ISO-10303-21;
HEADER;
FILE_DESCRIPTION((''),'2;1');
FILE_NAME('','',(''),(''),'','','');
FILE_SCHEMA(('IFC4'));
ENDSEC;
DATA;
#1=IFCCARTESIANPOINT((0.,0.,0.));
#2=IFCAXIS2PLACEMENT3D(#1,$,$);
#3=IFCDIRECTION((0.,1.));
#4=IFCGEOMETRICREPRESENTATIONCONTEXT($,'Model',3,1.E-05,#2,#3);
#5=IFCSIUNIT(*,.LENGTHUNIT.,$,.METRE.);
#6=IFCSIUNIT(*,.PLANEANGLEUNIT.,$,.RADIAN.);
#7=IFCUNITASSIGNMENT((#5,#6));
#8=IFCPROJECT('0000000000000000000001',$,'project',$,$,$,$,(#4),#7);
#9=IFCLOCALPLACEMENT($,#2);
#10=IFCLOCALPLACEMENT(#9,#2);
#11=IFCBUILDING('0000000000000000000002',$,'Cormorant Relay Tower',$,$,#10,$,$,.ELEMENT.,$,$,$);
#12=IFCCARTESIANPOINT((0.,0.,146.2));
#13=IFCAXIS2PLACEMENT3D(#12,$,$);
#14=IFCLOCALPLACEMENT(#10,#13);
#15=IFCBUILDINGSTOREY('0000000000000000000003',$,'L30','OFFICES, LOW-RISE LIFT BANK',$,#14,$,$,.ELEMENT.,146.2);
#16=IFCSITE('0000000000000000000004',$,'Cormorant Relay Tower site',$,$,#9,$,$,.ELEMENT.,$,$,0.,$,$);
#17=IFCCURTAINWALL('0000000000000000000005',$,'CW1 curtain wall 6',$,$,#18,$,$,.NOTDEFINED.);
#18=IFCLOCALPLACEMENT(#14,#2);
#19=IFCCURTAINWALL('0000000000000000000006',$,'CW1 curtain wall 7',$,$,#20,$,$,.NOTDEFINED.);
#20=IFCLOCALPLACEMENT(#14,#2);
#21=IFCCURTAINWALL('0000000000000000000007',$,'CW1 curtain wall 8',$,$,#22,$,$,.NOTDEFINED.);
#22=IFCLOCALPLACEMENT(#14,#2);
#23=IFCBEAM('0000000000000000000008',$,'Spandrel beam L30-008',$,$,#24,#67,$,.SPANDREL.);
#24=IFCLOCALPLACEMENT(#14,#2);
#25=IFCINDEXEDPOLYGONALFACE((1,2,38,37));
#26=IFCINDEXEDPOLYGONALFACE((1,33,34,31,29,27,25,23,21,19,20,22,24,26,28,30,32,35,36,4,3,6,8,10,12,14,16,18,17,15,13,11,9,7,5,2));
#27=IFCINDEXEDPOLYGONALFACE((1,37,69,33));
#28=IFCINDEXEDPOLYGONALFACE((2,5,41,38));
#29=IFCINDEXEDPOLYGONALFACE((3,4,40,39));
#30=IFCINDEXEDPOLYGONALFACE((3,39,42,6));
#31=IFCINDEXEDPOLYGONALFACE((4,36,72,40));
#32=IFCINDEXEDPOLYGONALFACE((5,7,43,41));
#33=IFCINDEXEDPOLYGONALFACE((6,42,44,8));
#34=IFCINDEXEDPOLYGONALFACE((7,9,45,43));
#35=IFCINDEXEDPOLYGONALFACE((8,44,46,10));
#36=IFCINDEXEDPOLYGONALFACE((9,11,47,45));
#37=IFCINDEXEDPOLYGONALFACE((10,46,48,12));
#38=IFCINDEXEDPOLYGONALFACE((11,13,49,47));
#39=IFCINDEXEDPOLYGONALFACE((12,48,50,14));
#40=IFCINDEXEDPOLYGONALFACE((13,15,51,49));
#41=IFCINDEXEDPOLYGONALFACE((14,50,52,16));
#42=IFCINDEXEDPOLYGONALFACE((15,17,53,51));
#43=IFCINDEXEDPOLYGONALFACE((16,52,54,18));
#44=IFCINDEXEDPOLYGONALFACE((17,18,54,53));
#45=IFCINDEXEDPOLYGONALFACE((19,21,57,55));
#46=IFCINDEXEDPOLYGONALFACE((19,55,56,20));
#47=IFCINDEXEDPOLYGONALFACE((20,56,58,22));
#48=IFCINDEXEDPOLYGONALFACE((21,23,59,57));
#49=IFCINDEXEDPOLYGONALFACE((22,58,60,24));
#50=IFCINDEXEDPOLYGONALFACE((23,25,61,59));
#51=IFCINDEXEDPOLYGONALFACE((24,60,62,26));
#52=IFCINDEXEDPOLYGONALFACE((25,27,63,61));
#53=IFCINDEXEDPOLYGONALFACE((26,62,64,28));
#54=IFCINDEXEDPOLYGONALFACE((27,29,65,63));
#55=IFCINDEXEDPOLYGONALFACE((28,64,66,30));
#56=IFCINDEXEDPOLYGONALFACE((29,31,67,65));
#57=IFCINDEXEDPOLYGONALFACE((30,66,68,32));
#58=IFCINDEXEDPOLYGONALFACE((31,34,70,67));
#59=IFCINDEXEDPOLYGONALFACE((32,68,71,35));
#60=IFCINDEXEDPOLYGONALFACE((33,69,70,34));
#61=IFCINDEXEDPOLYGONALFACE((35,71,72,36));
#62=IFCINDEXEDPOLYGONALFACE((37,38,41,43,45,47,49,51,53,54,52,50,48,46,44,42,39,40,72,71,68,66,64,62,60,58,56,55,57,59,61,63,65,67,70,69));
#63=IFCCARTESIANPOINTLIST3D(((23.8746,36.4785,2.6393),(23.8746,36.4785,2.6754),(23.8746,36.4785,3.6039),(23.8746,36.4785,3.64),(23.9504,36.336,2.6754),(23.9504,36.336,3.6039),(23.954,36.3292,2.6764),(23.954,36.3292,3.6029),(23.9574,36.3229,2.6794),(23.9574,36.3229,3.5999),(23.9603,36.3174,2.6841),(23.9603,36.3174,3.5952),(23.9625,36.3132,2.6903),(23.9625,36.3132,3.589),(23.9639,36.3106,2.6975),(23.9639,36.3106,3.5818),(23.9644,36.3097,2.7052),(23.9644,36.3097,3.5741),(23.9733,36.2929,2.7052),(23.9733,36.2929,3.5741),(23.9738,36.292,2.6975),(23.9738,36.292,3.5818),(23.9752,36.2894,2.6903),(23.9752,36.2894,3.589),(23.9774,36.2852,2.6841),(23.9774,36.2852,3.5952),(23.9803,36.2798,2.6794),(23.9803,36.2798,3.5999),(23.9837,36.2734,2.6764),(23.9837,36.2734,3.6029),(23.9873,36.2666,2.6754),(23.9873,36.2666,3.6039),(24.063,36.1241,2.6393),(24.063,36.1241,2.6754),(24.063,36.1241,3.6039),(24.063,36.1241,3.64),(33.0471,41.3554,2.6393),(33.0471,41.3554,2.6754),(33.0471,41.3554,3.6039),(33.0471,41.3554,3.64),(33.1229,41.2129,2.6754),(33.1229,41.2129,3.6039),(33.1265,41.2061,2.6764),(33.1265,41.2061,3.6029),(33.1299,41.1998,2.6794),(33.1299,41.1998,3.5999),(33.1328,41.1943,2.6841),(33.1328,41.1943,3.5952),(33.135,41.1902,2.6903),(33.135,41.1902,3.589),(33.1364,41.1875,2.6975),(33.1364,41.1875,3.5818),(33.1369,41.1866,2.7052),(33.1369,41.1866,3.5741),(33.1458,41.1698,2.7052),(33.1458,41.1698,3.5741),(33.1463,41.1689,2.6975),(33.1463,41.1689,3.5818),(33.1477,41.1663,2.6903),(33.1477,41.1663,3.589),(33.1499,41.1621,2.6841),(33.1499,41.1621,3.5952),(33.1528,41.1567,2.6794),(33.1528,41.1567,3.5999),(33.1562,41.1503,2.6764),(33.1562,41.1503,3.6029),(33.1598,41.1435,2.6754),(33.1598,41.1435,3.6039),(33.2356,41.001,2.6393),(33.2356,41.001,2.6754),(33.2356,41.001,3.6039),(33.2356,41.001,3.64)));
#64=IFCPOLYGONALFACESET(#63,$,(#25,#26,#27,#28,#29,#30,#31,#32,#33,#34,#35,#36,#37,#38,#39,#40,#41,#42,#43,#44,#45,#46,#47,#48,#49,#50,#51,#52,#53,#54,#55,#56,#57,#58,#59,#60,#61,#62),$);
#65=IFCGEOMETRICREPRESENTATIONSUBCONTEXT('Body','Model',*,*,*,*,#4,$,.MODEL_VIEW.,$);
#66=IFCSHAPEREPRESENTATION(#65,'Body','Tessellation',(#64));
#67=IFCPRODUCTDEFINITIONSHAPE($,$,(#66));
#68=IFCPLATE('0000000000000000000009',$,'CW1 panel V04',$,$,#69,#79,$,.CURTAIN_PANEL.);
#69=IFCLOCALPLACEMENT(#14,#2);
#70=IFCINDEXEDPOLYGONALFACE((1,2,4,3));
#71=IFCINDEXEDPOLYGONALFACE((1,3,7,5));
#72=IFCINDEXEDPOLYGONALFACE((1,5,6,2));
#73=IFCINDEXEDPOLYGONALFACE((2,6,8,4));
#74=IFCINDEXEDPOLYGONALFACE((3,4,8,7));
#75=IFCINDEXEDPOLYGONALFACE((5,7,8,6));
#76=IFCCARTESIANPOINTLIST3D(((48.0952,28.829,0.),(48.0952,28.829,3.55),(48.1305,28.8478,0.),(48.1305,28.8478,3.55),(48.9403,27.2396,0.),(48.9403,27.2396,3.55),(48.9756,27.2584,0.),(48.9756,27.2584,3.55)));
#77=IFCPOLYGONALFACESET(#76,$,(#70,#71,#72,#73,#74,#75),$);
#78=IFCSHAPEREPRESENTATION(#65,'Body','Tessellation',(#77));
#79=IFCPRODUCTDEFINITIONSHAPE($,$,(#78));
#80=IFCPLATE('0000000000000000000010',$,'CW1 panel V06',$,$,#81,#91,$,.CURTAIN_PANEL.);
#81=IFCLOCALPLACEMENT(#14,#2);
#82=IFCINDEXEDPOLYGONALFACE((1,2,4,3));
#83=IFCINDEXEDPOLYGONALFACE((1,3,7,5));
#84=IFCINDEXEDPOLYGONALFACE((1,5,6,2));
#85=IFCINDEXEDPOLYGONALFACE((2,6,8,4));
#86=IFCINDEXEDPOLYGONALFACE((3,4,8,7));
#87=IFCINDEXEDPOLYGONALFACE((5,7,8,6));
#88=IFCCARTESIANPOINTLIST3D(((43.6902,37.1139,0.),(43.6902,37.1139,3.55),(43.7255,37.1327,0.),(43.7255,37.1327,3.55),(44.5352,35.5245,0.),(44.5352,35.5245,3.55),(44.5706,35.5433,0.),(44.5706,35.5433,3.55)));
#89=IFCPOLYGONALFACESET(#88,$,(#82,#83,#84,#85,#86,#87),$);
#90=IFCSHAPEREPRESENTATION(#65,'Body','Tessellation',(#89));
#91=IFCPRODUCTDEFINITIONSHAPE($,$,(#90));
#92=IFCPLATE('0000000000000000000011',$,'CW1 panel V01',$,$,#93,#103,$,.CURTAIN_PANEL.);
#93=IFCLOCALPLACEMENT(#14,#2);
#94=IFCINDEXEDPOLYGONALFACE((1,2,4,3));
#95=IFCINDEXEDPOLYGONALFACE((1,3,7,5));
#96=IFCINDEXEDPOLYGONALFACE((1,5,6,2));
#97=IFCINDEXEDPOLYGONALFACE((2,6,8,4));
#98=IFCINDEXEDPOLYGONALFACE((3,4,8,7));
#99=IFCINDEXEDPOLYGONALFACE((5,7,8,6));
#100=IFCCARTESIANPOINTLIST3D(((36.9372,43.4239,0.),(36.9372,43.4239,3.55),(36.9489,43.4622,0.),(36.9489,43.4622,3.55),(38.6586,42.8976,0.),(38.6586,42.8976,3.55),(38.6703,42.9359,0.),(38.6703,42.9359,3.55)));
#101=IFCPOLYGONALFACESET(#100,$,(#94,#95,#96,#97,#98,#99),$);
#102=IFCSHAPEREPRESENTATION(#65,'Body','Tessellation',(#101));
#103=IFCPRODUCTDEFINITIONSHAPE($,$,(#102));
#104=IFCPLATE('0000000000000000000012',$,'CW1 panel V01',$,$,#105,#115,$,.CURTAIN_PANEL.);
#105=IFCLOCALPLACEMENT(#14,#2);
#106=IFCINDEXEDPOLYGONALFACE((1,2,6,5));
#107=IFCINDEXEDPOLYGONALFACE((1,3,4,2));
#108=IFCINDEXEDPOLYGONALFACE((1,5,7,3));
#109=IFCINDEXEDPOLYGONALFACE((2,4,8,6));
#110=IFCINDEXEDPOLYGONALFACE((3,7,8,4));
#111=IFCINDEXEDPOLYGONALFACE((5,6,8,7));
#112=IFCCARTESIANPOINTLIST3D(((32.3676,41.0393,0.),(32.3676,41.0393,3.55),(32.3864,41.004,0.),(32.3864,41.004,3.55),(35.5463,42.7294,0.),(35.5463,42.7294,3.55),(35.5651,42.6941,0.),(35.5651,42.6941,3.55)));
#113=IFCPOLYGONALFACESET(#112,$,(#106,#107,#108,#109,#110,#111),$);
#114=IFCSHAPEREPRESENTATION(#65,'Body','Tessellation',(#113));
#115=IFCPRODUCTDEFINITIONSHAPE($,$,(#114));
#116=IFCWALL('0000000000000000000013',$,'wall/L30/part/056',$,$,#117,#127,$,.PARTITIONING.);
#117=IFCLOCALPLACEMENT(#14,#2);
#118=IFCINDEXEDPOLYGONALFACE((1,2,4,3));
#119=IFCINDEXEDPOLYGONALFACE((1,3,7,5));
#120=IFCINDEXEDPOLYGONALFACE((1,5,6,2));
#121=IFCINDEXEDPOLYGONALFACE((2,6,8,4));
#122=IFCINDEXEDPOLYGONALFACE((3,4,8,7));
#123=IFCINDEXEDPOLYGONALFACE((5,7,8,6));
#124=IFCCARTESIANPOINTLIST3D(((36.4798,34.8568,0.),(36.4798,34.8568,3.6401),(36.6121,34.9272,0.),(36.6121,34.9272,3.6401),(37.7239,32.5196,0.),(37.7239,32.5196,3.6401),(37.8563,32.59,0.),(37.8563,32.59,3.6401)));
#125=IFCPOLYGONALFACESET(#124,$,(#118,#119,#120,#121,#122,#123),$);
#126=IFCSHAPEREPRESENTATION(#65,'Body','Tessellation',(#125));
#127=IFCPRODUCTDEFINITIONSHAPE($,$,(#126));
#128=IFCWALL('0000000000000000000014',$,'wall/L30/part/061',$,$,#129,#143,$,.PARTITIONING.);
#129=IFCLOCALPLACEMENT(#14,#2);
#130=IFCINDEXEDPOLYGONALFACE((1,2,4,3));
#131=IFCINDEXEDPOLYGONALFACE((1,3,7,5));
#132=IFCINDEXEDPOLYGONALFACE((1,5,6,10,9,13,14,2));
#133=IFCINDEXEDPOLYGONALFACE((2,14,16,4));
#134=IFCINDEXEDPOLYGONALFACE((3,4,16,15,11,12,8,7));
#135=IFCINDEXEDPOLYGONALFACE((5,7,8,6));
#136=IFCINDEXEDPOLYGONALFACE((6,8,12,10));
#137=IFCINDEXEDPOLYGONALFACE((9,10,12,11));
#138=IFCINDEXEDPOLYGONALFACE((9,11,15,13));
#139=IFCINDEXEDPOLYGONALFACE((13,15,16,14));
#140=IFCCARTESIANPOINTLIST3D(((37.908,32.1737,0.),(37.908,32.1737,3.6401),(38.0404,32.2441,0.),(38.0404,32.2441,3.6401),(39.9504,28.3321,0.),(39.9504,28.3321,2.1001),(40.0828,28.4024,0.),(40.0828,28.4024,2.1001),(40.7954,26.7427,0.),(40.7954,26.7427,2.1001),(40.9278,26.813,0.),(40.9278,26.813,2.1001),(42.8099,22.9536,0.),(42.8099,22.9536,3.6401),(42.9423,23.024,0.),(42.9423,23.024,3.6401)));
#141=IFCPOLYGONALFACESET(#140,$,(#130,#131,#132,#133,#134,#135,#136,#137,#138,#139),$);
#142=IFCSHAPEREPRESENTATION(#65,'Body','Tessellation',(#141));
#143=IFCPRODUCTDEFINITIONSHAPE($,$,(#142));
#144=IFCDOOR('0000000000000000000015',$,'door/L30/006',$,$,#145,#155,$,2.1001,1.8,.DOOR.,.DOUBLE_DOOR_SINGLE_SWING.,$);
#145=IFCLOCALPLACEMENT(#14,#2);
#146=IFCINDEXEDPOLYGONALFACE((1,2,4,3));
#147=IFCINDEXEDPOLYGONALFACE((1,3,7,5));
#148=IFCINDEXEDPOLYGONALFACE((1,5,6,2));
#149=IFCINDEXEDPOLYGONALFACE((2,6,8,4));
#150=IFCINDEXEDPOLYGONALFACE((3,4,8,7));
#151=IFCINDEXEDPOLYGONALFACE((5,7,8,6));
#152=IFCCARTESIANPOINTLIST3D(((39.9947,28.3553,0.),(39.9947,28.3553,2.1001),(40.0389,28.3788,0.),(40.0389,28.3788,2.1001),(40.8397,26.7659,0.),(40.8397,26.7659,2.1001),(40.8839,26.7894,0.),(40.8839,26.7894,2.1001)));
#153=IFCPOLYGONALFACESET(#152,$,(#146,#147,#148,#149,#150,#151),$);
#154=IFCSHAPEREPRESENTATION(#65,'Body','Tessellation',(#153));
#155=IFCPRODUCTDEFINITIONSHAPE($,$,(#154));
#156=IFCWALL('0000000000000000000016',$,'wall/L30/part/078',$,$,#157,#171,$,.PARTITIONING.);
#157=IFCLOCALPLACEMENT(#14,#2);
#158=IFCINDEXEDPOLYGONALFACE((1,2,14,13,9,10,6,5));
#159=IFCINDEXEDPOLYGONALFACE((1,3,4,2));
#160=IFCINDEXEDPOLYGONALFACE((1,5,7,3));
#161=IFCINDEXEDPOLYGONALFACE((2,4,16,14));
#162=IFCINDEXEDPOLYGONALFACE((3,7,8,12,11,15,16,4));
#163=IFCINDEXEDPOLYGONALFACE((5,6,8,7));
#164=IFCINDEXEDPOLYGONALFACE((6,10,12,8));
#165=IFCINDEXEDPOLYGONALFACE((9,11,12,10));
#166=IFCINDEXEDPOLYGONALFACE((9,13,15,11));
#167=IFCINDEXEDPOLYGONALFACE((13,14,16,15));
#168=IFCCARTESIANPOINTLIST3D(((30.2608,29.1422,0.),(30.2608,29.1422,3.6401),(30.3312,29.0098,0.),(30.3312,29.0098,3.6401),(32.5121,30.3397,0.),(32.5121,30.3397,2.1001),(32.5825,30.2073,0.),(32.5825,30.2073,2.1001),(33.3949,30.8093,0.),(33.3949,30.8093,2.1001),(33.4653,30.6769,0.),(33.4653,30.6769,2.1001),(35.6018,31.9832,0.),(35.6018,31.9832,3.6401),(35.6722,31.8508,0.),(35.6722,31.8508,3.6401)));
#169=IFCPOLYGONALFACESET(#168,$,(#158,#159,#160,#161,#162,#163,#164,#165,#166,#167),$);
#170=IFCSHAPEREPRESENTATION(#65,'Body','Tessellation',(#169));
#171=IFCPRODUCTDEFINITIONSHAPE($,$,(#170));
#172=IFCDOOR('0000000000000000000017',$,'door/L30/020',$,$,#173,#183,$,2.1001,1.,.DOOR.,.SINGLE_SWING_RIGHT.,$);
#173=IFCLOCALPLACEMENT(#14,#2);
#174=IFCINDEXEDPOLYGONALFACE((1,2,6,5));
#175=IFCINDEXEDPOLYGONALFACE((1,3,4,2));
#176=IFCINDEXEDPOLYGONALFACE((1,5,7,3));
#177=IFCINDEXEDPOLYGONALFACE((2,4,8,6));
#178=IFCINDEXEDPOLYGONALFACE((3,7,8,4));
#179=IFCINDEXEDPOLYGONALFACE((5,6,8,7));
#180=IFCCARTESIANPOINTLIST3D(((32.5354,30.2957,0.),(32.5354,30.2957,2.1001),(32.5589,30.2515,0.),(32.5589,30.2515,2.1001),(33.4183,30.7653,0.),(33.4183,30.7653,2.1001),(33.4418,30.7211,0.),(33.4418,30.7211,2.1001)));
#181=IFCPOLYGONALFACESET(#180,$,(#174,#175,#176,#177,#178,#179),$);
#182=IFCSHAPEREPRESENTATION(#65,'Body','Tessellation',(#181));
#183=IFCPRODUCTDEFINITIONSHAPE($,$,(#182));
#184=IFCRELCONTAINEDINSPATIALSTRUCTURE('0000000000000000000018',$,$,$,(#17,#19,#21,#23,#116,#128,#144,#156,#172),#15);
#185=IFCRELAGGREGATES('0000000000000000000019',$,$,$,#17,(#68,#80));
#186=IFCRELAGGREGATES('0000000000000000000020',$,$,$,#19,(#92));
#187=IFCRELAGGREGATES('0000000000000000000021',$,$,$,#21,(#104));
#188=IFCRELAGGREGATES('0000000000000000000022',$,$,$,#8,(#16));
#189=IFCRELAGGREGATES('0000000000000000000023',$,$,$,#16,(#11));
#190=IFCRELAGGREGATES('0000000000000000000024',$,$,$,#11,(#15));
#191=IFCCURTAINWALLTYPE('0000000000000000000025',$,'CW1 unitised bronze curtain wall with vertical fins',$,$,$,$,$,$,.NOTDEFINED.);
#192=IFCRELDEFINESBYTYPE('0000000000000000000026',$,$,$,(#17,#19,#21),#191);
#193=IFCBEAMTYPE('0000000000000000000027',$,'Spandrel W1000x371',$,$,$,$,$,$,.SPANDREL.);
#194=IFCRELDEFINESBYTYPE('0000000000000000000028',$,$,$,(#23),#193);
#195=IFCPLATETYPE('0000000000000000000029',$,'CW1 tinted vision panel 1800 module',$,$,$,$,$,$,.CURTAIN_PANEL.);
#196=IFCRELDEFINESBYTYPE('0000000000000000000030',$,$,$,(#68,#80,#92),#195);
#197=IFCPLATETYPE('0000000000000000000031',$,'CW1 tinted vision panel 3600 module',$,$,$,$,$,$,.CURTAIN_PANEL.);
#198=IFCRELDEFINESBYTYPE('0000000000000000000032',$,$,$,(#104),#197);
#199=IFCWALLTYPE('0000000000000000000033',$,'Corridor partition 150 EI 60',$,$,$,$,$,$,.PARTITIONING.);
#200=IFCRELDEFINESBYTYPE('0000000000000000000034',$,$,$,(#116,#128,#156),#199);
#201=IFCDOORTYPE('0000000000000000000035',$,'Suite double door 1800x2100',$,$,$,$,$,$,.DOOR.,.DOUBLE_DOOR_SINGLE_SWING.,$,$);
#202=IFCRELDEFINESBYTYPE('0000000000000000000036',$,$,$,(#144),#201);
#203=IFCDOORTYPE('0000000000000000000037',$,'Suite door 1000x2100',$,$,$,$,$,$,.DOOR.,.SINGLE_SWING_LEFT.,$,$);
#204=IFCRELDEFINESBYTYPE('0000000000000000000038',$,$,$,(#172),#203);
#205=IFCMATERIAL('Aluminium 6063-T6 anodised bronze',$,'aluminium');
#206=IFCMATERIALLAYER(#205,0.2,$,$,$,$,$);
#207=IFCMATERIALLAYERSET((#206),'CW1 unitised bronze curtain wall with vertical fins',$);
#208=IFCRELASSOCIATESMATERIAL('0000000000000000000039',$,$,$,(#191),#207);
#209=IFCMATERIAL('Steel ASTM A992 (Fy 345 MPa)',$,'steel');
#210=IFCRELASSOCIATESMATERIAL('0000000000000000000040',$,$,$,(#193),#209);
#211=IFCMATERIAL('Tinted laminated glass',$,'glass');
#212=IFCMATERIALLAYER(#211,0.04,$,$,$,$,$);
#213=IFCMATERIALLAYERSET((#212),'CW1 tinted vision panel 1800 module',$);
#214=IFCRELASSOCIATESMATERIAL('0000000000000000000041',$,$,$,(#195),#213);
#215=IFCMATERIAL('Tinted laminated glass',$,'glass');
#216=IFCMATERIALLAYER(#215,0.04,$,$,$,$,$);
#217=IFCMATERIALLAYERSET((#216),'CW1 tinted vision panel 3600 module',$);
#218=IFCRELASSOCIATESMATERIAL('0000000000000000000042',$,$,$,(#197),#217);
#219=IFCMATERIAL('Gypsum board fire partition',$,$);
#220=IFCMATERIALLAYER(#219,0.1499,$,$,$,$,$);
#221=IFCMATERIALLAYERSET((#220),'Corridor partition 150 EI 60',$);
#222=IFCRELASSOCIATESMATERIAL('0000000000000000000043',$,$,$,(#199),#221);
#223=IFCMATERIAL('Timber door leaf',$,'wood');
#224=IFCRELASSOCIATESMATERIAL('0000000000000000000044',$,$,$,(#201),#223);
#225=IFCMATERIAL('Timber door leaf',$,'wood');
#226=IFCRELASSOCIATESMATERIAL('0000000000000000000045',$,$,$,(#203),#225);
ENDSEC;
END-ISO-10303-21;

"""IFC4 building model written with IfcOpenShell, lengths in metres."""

from ifc_helpers import new_model, si_unit, direction, frame, frame_2d, origin, origin_2d, place, context, subcontext, project, spatial, rectangle, i_section, extrude, material, layer, layer_set, material_profile, profile_set, type_object, element, fill, aggregate, save


model = new_model("IFC4")

# Units and contexts
model_context = context("Model", 3, precision=1e-05, world=origin(), true_north=direction((0.0, 1.0)))
body_context = subcontext(model_context, "Body", "Model", "MODEL_VIEW")
ifc_project = project(units=[si_unit("LENGTHUNIT", "METRE"), si_unit("PLANEANGLEUNIT", "RADIAN")], contexts=[model_context])

# Site, building, storey
site_placement = place(None, origin())
site = spatial("IfcSite", under=ifc_project, at=site_placement, Name="Cormorant Relay Tower site", CompositionType="ELEMENT", RefElevation=0.0)
building_placement = place(site_placement, origin())
building = spatial("IfcBuilding", under=site, at=building_placement, Name="Cormorant Relay Tower", CompositionType="ELEMENT")
storey_placement = place(building_placement, frame((0.0, 0.0, 146.2)))
storey = spatial("IfcBuildingStorey", under=building, at=storey_placement, Name="L30", Description="OFFICES, LOW-RISE LIFT BANK", CompositionType="ELEMENT", Elevation=146.2)

# Curtain wall
ifc_material_1 = material(Name="Aluminium 6063-T6 anodised bronze", Category="aluminium")
ifc_layer_1 = layer(ifc_material_1, 0.2)
ifc_layer_set_1 = layer_set([ifc_layer_1], Name="CW1 unitised bronze curtain wall with vertical fins")
curtain_wall_type = type_object("IfcCurtainWallType", Name="CW1 unitised bronze curtain wall with vertical fins", PredefinedType="NOTDEFINED", material=ifc_layer_set_1)
curtain_wall_1_placement = place(storey_placement, origin())
curtain_wall_1 = element("IfcCurtainWall", 1, at=curtain_wall_1_placement, inside=storey, type_object=curtain_wall_type, Name="CW1 curtain wall 6", PredefinedType="NOTDEFINED")

# Curtain wall
curtain_wall_2_placement = place(storey_placement, origin())
curtain_wall_2 = element("IfcCurtainWall", 2, at=curtain_wall_2_placement, inside=storey, type_object=curtain_wall_type, Name="CW1 curtain wall 7", PredefinedType="NOTDEFINED")

# Curtain wall
curtain_wall_3_placement = place(storey_placement, origin())
curtain_wall_3 = element("IfcCurtainWall", 3, at=curtain_wall_3_placement, inside=storey, type_object=curtain_wall_type, Name="CW1 curtain wall 8", PredefinedType="NOTDEFINED")

# Beam
ifc_material_2 = material(Name="Steel ASTM A992 (Fy 345 MPa)", Category="steel")
ifc_material_profile_1 = material_profile(ifc_material_2, i_section(OverallWidth=0.4014, OverallDepth=1.0007, WebThickness=0.019, FlangeThickness=0.0361, FilletRadius=0.0298, at=origin_2d()), Name="W1000x371")
ifc_profile_set_1 = profile_set([ifc_material_profile_1], Name="Steel ASTM A992 (Fy 345 MPa)")
beam_type = type_object("IfcBeamType", Name="Spandrel W1000x371", PredefinedType="SPANDREL", material=ifc_profile_set_1)
beam_1_placement = place(storey_placement, frame((33.1414, 41.1782, 3.1396), z_axis=(-0.882956, -0.469456, 0.0), x_axis=(0.469456, -0.882956, 0.0)))
element("IfcBeam", 4, at=beam_1_placement, inside=storey, type_object=beam_type, Name="Spandrel beam L30-008", PredefinedType="SPANDREL", context=body_context, shape_type="SweptSolid", body=[
    extrude(i_section(OverallWidth=0.4014, OverallDepth=1.0007, WebThickness=0.019, FlangeThickness=0.0361, FilletRadius=0.0298, at=origin_2d()), origin(), (0.0, 0.0, 1.0), 10.3884),
])

# Plates
ifc_material_3 = material(Name="Tinted laminated glass", Category="glass")
ifc_layer_2 = layer(ifc_material_3, 0.04)
ifc_layer_set_2 = layer_set([ifc_layer_2], Name="CW1 tinted vision panel 1800 module")
plate_type_1 = type_object("IfcPlateType", Name="CW1 tinted vision panel 1800 module", PredefinedType="CURTAIN_PANEL", material=ifc_layer_set_2)
plate_1_placement = place(storey_placement, frame((48.5354, 28.0437, 0.0), z_axis=(0.0, 0.0, 1.0), x_axis=(-0.469472, 0.882948, 0.0)))
plate_1 = element("IfcPlate", 5, at=plate_1_placement, type_object=plate_type_1, Name="CW1 panel V04", PredefinedType="CURTAIN_PANEL", context=body_context, shape_type="SweptSolid", body=[
    extrude(rectangle(XDim=1.8, YDim=0.04, at=origin_2d()), origin(), (0.0, 0.0, 1.0), 3.55),
])
plate_2_placement = place(storey_placement, frame((44.1304, 36.3286, 0.0), z_axis=(0.0, 0.0, 1.0), x_axis=(-0.469472, 0.882948, 0.0)))
plate_2 = element("IfcPlate", 6, at=plate_2_placement, type_object=plate_type_1, Name="CW1 panel V06", PredefinedType="CURTAIN_PANEL", context=body_context, shape_type="SweptSolid", body=[
    extrude(rectangle(XDim=1.8, YDim=0.04, at=origin_2d()), origin(), (0.0, 0.0, 1.0), 3.55),
])
plate_3_placement = place(storey_placement, frame((37.8037, 43.1799, 0.0), z_axis=(0.0, 0.0, 1.0), x_axis=(-0.956305, 0.292372, 0.0)))
plate_3 = element("IfcPlate", 7, at=plate_3_placement, type_object=plate_type_1, Name="CW1 panel V01", PredefinedType="CURTAIN_PANEL", context=body_context, shape_type="SweptSolid", body=[
    extrude(rectangle(XDim=1.8, YDim=0.04, at=origin_2d()), origin(), (0.0, 0.0, 1.0), 3.55),
])
ifc_material_4 = material(Name="Tinted laminated glass", Category="glass")
ifc_layer_3 = layer(ifc_material_4, 0.04)
ifc_layer_set_3 = layer_set([ifc_layer_3], Name="CW1 tinted vision panel 3600 module")
plate_type_2 = type_object("IfcPlateType", Name="CW1 tinted vision panel 3600 module", PredefinedType="CURTAIN_PANEL", material=ifc_layer_set_3)
plate_4_placement = place(storey_placement, frame((33.9663, 41.8667, 0.0), z_axis=(0.0, 0.0, 1.0), x_axis=(-0.882948, -0.469472, 0.0)))
plate_4 = element("IfcPlate", 8, at=plate_4_placement, type_object=plate_type_2, Name="CW1 panel V01", PredefinedType="CURTAIN_PANEL", context=body_context, shape_type="SweptSolid", body=[
    extrude(rectangle(XDim=3.6001, YDim=0.04, at=origin_2d()), origin(), (0.0, 0.0, 1.0), 3.55),
])

# Wall
ifc_material_5 = material(Name="Gypsum board fire partition")
ifc_layer_4 = layer(ifc_material_5, 0.1499)
ifc_layer_set_4 = layer_set([ifc_layer_4], Name="Corridor partition 150 EI 60")
wall_type_1 = type_object("IfcWallType", Name="Corridor partition 150 EI 60", PredefinedType="PARTITIONING", material=ifc_layer_set_4)
wall_1_placement = place(storey_placement, frame((37.79, 32.5549, 0.0), z_axis=(0.0, 0.0, 1.0), x_axis=(-0.469899, 0.88272, 0.0)))
element("IfcWall", 9, at=wall_1_placement, inside=storey, type_object=wall_type_1, Name="wall/L30/part/056", PredefinedType="PARTITIONING", context=body_context, shape_type="SweptSolid", body=[
    extrude(rectangle(XDim=2.6477, YDim=0.1499, at=frame_2d((1.3237, 0.0))), origin(), (0.0, 0.0, 1.0), 3.6401),
])

# Walls, openings, doors
wall_2_placement = place(storey_placement, frame((37.9741, 32.209, 0.0), z_axis=(0.0, 0.0, 1.0), x_axis=(0.469435, -0.882967, 0.0)))
wall_2 = element("IfcWall", 10, at=wall_2_placement, inside=storey, type_object=wall_type_1, Name="wall/L30/part/061", PredefinedType="PARTITIONING", context=body_context, shape_type="SweptSolid", body=[
    extrude(rectangle(XDim=10.4421, YDim=0.1499, at=frame_2d((5.2212, 0.0))), origin(), (0.0, 0.0, 1.0), 3.6401),
])
opening_1_placement = place(wall_2_placement, frame((4.3511, 0.0, 0.0)))
opening_1 = element("IfcOpeningElement", 11, at=opening_1_placement, cuts=wall_2, PredefinedType="OPENING", context=body_context, shape_type="SweptSolid", body=[
    extrude(rectangle(XDim=1.8, YDim=2.1001, at=frame_2d((0.8999, 1.05))), frame((0.0, 0.085, 0.0), z_axis=(0.0, -1.0, 0.0), x_axis=(1.0, 0.0, 0.0)), (0.0, 0.0, 1.0), 0.1699),
])
ifc_material_6 = material(Name="Timber door leaf", Category="wood")
door_type_1 = type_object("IfcDoorType", Name="Suite double door 1800x2100", OperationType="DOUBLE_DOOR_SINGLE_SWING", PredefinedType="DOOR", material=ifc_material_6)
door_1_placement = place(opening_1_placement, frame((1.8, 0.0, 0.0), z_axis=(0.0, 0.0, 1.0), x_axis=(-1.0, 0.0, 0.0)))
door_1 = element("IfcDoor", 12, at=door_1_placement, inside=storey, type_object=door_type_1, Name="door/L30/006", OperationType="DOUBLE_DOOR_SINGLE_SWING", OverallHeight=2.1001, OverallWidth=1.8, PredefinedType="DOOR", context=body_context, shape_type="SweptSolid", body=[
    extrude(rectangle(XDim=1.8, YDim=2.1001, at=frame_2d((0.8999, 1.05))), frame((0.0, 0.0249, 0.0), z_axis=(0.0, -1.0, 0.0), x_axis=(1.0, 0.0, 0.0)), (0.0, 0.0, 1.0), 0.05),
])
fill(opening_1, door_1)
wall_3_placement = place(storey_placement, frame((30.2959, 29.0759, 0.0), z_axis=(0.0, 0.0, 1.0), x_axis=(0.882867, 0.469622, 0.0)))
wall_3 = element("IfcWall", 13, at=wall_3_placement, inside=storey, type_object=wall_type_1, Name="wall/L30/part/078", PredefinedType="PARTITIONING", context=body_context, shape_type="SweptSolid", body=[
    extrude(rectangle(XDim=6.0496, YDim=0.1499, at=frame_2d((3.0249, 0.0))), origin(), (0.0, 0.0, 1.0), 3.6401),
])
opening_2_placement = place(wall_3_placement, frame((2.55, 0.0, 0.0)))
opening_2 = element("IfcOpeningElement", 14, at=opening_2_placement, cuts=wall_3, PredefinedType="OPENING", context=body_context, shape_type="SweptSolid", body=[
    extrude(rectangle(XDim=1.0, YDim=2.1001, at=frame_2d((0.5, 1.05))), frame((0.0, 0.085, 0.0), z_axis=(0.0, -1.0, 0.0), x_axis=(1.0, 0.0, 0.0)), (0.0, 0.0, 1.0), 0.1699),
])
ifc_material_7 = material(Name="Timber door leaf", Category="wood")
door_type_2 = type_object("IfcDoorType", Name="Suite door 1000x2100", OperationType="SINGLE_SWING_LEFT", PredefinedType="DOOR", material=ifc_material_7)
door_2_placement = place(opening_2_placement, frame((1.0, 0.0, 0.0), z_axis=(0.0, 0.0, 1.0), x_axis=(-1.0, 0.0, 0.0)))
door_2 = element("IfcDoor", 15, at=door_2_placement, inside=storey, type_object=door_type_2, Name="door/L30/020", OperationType="SINGLE_SWING_RIGHT", OverallHeight=2.1001, OverallWidth=1.0, PredefinedType="DOOR", context=body_context, shape_type="SweptSolid", body=[
    extrude(rectangle(XDim=1.0, YDim=2.1001, at=frame_2d((0.5, 1.05))), frame((0.0, 0.0249, 0.0), z_axis=(0.0, -1.0, 0.0), x_axis=(1.0, 0.0, 0.0)), (0.0, 0.0, 1.0), 0.05),
])
fill(opening_2, door_2)

aggregate(curtain_wall_1, [plate_1, plate_2])
aggregate(curtain_wall_2, [plate_3])
aggregate(curtain_wall_3, [plate_4])

save(model, "model.ifc")
